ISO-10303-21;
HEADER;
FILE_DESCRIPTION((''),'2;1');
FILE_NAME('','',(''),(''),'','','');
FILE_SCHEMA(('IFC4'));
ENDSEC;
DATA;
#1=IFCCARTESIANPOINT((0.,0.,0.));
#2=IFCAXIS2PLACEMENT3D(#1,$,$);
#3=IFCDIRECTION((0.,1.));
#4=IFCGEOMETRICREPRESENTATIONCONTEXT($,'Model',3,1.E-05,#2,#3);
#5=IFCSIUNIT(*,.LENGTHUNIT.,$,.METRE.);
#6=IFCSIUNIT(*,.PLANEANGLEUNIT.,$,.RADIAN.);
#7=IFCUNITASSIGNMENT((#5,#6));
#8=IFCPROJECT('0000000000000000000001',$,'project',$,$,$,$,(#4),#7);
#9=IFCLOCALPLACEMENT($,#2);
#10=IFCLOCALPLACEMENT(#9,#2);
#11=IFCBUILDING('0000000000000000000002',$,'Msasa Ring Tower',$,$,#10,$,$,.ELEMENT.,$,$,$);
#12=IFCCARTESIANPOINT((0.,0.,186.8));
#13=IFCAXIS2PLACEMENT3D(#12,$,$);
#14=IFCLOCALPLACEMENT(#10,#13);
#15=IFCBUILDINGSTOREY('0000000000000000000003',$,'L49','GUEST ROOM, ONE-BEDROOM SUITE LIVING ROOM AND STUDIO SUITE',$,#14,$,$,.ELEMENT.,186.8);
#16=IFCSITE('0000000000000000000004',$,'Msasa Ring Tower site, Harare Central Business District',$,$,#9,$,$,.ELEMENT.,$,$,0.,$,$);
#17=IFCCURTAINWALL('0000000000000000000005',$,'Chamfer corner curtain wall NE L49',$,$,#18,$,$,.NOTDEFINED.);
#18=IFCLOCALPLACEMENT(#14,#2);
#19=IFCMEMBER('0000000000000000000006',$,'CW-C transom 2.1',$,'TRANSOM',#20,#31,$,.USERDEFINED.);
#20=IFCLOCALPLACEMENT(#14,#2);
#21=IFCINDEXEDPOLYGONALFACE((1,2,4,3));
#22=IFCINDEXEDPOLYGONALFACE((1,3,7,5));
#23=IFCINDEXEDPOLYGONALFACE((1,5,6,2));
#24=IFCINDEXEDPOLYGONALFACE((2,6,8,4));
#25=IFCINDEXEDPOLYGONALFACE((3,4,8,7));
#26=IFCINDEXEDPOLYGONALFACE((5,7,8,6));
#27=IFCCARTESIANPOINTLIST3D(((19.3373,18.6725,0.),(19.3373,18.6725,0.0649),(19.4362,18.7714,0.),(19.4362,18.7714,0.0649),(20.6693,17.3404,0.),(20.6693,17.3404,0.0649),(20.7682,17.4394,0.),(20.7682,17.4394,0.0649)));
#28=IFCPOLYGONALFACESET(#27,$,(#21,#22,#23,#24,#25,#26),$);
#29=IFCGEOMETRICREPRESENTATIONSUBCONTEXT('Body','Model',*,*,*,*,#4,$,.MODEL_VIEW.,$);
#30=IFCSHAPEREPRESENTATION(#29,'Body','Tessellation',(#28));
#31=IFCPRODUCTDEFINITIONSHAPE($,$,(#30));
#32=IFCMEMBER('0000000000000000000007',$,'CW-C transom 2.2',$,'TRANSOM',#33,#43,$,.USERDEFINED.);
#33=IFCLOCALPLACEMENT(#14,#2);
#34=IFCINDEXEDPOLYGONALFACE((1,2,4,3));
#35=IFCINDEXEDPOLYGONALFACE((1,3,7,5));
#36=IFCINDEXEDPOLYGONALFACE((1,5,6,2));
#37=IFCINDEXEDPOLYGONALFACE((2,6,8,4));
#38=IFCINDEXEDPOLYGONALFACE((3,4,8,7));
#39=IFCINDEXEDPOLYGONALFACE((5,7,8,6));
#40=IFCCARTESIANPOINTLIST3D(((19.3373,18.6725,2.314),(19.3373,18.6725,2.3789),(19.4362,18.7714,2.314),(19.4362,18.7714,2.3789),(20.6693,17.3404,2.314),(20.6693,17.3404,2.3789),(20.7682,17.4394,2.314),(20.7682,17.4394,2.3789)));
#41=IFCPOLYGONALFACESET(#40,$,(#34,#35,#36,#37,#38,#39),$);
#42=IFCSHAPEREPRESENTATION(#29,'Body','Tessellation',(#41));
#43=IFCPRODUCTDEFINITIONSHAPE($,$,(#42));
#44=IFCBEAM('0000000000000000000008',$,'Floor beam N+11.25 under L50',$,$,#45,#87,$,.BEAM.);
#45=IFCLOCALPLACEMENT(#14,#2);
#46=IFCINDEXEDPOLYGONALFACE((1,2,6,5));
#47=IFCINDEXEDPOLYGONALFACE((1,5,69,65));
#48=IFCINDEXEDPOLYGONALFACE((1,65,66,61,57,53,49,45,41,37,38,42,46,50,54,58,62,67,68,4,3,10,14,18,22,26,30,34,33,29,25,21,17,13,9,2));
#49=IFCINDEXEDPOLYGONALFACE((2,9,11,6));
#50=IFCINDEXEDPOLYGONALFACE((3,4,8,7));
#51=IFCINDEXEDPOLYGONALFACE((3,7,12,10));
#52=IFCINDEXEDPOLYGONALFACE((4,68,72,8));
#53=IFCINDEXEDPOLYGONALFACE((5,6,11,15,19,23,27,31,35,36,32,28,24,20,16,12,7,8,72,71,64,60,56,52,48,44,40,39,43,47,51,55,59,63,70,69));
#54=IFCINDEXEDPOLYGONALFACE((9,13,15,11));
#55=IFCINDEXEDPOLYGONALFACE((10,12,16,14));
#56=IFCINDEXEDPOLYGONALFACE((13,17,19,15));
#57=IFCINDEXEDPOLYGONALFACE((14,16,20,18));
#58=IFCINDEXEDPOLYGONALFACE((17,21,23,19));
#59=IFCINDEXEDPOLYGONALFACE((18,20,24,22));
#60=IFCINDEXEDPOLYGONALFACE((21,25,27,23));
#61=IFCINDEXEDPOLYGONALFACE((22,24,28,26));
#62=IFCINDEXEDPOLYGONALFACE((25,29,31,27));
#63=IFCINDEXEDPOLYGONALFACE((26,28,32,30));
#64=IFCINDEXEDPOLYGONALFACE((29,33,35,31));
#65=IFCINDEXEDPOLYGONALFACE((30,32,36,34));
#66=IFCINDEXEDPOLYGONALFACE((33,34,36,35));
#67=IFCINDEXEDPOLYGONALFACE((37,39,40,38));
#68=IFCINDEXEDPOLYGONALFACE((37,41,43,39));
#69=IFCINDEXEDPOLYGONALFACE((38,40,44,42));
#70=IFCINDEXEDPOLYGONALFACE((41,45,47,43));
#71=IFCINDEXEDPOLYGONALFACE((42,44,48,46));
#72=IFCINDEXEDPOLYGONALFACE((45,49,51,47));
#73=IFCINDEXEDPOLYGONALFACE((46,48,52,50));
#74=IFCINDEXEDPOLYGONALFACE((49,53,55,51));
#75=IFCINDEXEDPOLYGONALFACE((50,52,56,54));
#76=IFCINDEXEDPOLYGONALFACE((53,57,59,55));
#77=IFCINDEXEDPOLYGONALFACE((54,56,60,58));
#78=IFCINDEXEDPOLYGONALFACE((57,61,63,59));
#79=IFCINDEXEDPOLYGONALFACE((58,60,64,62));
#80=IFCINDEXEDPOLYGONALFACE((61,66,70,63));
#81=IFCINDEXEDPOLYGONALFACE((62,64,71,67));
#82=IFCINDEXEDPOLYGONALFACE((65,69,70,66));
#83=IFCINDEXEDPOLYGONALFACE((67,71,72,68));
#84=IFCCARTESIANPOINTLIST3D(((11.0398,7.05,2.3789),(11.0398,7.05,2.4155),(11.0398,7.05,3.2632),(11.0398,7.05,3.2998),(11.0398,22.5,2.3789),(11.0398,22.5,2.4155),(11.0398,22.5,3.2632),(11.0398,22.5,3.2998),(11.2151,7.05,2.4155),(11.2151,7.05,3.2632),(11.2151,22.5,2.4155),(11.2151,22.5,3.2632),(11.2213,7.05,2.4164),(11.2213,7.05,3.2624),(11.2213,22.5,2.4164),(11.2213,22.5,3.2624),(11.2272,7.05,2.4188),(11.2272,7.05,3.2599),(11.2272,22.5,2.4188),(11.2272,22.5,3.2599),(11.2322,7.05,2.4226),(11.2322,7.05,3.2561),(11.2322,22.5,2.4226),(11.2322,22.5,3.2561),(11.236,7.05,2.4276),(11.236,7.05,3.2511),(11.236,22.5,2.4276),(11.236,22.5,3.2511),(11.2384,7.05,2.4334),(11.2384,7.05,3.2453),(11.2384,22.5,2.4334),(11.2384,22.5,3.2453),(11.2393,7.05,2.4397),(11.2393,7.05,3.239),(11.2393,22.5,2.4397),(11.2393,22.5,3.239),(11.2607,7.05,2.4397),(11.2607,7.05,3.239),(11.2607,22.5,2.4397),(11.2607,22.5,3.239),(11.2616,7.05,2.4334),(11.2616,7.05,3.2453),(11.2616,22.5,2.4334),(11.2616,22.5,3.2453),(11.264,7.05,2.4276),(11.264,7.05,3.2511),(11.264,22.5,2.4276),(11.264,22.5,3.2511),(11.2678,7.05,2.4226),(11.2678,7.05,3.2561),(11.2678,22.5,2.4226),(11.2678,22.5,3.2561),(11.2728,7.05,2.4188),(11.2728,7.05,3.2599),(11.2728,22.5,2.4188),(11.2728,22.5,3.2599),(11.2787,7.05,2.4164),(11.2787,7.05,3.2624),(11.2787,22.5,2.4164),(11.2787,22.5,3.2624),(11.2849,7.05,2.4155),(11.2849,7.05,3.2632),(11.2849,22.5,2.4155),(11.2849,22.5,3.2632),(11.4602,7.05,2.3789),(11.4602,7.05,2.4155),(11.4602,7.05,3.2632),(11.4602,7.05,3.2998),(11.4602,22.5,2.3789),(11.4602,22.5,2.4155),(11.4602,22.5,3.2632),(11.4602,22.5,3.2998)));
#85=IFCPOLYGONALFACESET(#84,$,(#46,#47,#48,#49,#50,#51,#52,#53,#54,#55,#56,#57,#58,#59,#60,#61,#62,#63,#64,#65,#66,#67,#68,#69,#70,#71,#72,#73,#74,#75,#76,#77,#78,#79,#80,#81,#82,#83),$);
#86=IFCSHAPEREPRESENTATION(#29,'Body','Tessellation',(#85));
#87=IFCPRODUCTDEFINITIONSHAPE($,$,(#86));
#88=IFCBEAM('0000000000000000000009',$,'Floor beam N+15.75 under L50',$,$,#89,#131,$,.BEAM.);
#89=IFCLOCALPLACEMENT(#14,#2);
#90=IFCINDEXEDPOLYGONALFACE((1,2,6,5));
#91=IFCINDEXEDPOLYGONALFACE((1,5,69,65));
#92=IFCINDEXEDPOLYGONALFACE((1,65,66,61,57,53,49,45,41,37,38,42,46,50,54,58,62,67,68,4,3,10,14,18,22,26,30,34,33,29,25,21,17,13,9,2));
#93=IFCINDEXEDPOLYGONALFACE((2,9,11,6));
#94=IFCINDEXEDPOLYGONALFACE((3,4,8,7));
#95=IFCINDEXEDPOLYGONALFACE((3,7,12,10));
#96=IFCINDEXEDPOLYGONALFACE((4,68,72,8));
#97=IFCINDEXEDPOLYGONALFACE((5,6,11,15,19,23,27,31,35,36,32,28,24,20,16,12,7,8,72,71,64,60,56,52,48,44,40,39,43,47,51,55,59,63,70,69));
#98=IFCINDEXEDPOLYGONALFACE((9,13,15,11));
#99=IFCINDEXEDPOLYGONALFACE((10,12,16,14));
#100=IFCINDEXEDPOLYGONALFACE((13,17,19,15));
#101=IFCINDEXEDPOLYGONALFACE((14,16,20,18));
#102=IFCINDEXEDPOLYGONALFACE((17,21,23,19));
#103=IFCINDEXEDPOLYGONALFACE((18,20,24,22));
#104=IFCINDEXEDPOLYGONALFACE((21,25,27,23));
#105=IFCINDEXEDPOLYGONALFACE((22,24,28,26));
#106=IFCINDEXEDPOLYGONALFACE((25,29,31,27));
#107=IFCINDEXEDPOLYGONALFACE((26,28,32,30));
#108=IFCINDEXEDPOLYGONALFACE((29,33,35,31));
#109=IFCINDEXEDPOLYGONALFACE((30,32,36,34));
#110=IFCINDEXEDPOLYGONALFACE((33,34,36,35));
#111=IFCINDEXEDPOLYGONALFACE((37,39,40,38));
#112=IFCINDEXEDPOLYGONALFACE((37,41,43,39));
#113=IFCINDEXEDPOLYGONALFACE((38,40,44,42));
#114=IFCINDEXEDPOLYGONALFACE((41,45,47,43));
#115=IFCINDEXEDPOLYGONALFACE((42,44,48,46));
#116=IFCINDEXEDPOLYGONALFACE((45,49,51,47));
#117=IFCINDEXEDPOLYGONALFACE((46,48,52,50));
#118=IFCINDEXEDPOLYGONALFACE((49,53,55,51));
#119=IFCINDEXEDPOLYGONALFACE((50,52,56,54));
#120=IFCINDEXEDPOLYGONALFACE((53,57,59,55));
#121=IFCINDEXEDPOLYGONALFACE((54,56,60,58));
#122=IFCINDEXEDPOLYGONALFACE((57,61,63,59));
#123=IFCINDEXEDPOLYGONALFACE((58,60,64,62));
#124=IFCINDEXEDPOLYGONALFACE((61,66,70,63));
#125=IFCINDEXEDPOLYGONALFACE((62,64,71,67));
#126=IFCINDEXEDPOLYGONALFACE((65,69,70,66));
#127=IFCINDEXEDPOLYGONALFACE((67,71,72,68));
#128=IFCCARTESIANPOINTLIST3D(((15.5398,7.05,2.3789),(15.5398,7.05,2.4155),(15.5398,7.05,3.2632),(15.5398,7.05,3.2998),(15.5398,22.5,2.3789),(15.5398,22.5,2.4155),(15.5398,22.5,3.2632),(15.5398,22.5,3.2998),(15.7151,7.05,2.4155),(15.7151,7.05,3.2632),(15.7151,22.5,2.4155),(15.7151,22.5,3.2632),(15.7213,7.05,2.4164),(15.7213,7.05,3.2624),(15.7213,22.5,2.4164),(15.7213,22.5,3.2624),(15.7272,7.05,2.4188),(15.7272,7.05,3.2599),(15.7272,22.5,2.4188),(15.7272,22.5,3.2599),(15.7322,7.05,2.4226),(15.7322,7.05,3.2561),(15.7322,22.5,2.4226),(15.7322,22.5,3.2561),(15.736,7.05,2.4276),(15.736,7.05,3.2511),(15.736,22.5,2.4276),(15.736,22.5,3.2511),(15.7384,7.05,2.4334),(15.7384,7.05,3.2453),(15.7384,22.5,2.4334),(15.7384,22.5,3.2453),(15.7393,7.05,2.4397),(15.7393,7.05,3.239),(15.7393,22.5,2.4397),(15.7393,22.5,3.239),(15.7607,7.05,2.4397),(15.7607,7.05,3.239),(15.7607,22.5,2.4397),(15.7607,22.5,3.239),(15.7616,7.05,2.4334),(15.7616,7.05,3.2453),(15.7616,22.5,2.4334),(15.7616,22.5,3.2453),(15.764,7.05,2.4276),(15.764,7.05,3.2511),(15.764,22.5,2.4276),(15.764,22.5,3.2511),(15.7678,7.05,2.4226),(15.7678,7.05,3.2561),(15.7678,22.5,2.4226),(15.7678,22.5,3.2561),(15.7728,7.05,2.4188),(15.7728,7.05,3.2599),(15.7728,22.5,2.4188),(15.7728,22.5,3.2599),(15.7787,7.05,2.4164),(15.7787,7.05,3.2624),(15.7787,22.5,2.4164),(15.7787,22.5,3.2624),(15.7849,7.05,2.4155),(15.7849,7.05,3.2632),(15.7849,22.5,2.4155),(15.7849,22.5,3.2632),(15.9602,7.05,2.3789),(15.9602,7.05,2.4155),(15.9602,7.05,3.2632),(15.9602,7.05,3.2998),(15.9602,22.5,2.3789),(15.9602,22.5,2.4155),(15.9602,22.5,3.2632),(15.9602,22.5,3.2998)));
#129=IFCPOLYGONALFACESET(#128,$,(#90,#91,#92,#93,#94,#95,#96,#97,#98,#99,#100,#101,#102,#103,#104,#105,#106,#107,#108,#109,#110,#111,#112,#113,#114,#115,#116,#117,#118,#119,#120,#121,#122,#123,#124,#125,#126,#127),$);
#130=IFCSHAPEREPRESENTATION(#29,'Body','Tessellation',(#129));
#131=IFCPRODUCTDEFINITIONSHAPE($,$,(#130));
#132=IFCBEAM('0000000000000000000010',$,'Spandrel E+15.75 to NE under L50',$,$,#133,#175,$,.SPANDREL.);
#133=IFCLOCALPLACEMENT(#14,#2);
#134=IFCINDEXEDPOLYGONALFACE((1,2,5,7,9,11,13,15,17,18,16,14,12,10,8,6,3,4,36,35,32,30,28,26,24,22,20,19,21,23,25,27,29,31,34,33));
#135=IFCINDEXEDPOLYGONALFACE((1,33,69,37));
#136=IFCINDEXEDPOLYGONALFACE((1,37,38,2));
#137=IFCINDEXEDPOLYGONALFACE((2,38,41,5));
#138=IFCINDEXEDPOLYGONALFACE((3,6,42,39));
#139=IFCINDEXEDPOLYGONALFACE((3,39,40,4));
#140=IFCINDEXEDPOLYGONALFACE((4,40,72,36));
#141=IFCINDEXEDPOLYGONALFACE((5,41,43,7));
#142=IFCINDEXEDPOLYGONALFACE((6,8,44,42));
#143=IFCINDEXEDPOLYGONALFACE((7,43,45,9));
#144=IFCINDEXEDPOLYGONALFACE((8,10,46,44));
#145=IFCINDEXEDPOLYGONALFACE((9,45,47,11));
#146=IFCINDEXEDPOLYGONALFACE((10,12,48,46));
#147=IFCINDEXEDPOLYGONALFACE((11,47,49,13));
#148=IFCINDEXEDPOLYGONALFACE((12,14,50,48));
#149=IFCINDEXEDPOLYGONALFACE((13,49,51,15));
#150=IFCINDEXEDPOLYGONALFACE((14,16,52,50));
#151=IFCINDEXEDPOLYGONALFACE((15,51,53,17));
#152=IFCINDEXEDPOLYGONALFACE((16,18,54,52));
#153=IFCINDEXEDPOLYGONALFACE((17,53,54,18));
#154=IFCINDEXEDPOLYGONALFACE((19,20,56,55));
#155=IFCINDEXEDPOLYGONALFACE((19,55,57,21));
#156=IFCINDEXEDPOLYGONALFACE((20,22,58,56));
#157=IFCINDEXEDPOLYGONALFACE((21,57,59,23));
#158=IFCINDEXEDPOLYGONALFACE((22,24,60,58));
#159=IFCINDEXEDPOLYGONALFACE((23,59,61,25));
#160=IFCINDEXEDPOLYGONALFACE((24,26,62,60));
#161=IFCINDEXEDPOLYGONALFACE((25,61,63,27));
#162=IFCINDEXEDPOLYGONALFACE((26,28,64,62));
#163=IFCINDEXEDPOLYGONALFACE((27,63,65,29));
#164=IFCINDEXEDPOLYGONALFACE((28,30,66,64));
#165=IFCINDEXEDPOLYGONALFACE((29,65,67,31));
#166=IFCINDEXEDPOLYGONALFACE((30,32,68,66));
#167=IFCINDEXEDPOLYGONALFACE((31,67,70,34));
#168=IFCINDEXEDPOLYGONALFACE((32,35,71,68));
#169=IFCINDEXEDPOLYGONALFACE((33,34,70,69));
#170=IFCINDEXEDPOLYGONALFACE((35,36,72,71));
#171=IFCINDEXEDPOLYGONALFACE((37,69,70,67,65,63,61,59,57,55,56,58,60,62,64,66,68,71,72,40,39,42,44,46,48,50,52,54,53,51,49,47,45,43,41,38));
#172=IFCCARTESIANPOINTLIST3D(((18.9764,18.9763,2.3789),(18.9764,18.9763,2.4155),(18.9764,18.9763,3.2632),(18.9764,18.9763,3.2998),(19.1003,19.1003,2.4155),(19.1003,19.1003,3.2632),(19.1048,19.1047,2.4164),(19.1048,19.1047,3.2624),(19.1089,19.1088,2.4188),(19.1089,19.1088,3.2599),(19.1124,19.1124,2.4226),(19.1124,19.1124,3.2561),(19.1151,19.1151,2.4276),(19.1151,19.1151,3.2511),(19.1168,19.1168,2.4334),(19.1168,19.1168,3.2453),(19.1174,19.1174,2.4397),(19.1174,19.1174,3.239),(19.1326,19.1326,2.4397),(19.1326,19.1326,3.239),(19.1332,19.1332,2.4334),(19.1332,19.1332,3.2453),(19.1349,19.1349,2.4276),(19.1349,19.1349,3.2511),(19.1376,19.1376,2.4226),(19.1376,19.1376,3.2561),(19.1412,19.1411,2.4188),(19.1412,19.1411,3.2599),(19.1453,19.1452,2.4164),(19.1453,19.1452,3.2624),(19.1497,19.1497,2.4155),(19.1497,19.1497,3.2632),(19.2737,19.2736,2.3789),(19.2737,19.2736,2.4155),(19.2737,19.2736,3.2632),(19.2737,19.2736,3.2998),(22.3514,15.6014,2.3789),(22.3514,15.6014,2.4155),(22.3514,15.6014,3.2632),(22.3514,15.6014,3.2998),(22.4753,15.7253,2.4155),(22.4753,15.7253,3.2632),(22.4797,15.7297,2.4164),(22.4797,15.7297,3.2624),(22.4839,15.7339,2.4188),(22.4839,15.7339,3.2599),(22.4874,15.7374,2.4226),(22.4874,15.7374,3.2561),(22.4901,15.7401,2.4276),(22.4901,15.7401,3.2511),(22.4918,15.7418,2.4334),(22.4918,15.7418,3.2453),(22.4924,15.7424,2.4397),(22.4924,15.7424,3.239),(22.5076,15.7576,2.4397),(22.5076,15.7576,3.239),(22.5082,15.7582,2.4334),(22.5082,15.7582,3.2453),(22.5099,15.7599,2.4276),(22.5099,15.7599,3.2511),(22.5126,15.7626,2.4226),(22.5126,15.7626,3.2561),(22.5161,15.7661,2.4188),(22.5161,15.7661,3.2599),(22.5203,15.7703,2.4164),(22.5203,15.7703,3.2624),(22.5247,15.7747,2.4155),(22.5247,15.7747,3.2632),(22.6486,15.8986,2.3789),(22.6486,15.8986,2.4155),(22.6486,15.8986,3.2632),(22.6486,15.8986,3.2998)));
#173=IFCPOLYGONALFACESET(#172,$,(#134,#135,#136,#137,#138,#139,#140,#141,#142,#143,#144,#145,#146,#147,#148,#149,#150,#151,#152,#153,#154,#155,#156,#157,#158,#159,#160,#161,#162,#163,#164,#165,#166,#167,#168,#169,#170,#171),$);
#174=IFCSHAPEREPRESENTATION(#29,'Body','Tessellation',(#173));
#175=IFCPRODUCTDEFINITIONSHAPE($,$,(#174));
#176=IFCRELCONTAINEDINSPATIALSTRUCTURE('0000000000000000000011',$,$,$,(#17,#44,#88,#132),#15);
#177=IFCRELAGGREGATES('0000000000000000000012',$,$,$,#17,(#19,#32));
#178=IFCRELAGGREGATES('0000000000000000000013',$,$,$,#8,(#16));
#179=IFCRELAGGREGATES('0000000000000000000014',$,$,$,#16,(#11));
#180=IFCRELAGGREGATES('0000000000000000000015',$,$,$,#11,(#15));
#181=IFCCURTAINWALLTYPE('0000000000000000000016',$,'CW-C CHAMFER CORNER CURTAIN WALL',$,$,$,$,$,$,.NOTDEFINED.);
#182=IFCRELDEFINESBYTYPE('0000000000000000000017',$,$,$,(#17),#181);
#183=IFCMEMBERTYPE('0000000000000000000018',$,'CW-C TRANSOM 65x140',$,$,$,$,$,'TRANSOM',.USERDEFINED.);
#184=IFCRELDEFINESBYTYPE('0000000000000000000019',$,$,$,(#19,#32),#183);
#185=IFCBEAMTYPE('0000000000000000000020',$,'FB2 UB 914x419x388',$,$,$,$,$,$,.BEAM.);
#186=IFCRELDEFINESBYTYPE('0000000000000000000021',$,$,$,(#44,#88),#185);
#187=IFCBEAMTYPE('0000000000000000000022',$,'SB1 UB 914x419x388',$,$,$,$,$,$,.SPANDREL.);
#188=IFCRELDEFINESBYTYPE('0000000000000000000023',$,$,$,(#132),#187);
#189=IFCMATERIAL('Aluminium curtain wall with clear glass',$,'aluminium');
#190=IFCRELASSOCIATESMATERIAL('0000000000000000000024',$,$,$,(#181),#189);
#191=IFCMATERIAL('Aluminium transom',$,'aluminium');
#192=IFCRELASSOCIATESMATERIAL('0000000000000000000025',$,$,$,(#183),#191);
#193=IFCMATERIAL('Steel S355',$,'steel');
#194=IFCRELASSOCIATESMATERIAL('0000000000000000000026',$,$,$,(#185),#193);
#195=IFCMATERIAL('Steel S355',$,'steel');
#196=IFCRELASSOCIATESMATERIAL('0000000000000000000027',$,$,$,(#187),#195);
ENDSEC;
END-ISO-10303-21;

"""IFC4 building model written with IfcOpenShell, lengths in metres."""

from ifc_helpers import new_model, si_unit, direction, frame, origin, origin_2d, place, context, subcontext, project, spatial, rectangle, i_section, extrude, material, material_profile, profile_set, type_object, element, aggregate, save


model = new_model("IFC4")

# Units and contexts
model_context = context("Model", 3, precision=1e-05, world=origin(), true_north=direction((0.0, 1.0)))
body_context = subcontext(model_context, "Body", "Model", "MODEL_VIEW")
ifc_project = project(units=[si_unit("LENGTHUNIT", "METRE"), si_unit("PLANEANGLEUNIT", "RADIAN")], contexts=[model_context])

# Site, building, storey
site_placement = place(None, origin())
site = spatial("IfcSite", under=ifc_project, at=site_placement, Name="Msasa Ring Tower site, Harare Central Business District", CompositionType="ELEMENT", RefElevation=0.0)
building_placement = place(site_placement, origin())
building = spatial("IfcBuilding", under=site, at=building_placement, Name="Msasa Ring Tower", CompositionType="ELEMENT")
storey_placement = place(building_placement, frame((0.0, 0.0, 186.8)))
storey = spatial("IfcBuildingStorey", under=building, at=storey_placement, Name="L49", Description="GUEST ROOM, ONE-BEDROOM SUITE LIVING ROOM AND STUDIO SUITE", CompositionType="ELEMENT", Elevation=186.8)

# Curtain wall
ifc_material_1 = material(Name="Aluminium curtain wall with clear glass", Category="aluminium")
curtain_wall_type = type_object("IfcCurtainWallType", Name="CW-C CHAMFER CORNER CURTAIN WALL", PredefinedType="NOTDEFINED", material=ifc_material_1)
curtain_wall_1_placement = place(storey_placement, origin())
curtain_wall_1 = element("IfcCurtainWall", 1, at=curtain_wall_1_placement, inside=storey, type_object=curtain_wall_type, Name="Chamfer corner curtain wall NE L49", PredefinedType="NOTDEFINED")

# Members
ifc_material_2 = material(Name="Aluminium transom", Category="aluminium")
ifc_material_profile_1 = material_profile(ifc_material_2, rectangle(XDim=0.1399, YDim=0.0649, at=origin_2d()), Name="AL 65x140")
ifc_profile_set_1 = profile_set([ifc_material_profile_1], Name="Aluminium transom")
member_type_1 = type_object("IfcMemberType", Name="CW-C TRANSOM 65x140", ElementType="TRANSOM", PredefinedType="USERDEFINED", material=ifc_profile_set_1)
member_1_placement = place(storey_placement, frame((20.7188, 17.3899, 0.0325), z_axis=(-0.707107, 0.707107, 0.0), x_axis=(-0.707107, -0.707107, 0.0)))
member_1 = element("IfcMember", 2, at=member_1_placement, type_object=member_type_1, Name="CW-C transom 2.1", ObjectType="TRANSOM", PredefinedType="USERDEFINED", context=body_context, shape_type="SweptSolid", body=[
    extrude(rectangle(XDim=0.1399, YDim=0.0649, at=origin_2d()), origin(), (0.0, 0.0, 1.0), 1.8838),
])
member_2_placement = place(storey_placement, frame((20.7188, 17.3899, 2.3464), z_axis=(-0.707107, 0.707107, 0.0), x_axis=(-0.707107, -0.707107, 0.0)))
member_2 = element("IfcMember", 3, at=member_2_placement, type_object=member_type_1, Name="CW-C transom 2.2", ObjectType="TRANSOM", PredefinedType="USERDEFINED", context=body_context, shape_type="SweptSolid", body=[
    extrude(rectangle(XDim=0.1399, YDim=0.0649, at=origin_2d()), origin(), (0.0, 0.0, 1.0), 1.8838),
])

# Beams
ifc_material_3 = material(Name="Steel S355", Category="steel")
ifc_material_profile_2 = material_profile(ifc_material_3, i_section(OverallWidth=0.4204, OverallDepth=0.9209, WebThickness=0.0215, FlangeThickness=0.0366, FilletRadius=0.0242, at=origin_2d()), Name="UB 914x419x388")
ifc_profile_set_2 = profile_set([ifc_material_profile_2], Name="Steel S355")
beam_type_1 = type_object("IfcBeamType", Name="FB2 UB 914x419x388", PredefinedType="BEAM", material=ifc_profile_set_2)
for number, where, z_axis, x_axis, name in (
    (4, (11.25, 22.5, 2.8394), (0.0, -1.0, 0.0), (1.0, 0.0, 0.0), "Floor beam N+11.25 under L50"),
    (5, (15.75, 22.5, 2.8394), (0.0, -1.0, 0.0), (1.0, 0.0, 0.0), "Floor beam N+15.75 under L50"),
):
    element("IfcBeam", number, at=place(storey_placement, frame(where, z_axis=z_axis, x_axis=x_axis)), inside=storey, type_object=beam_type_1, Name=name, PredefinedType="BEAM", context=body_context, shape_type="SweptSolid", body=[
        extrude(i_section(OverallWidth=0.4204, OverallDepth=0.9209, WebThickness=0.0215, FlangeThickness=0.0366, FilletRadius=0.0242, at=origin_2d()), origin(), (0.0, 0.0, 1.0), 15.45),
    ])
ifc_material_4 = material(Name="Steel S355", Category="steel")
ifc_material_profile_3 = material_profile(ifc_material_4, i_section(OverallWidth=0.4204, OverallDepth=0.9209, WebThickness=0.0215, FlangeThickness=0.0366, FilletRadius=0.0242, at=origin_2d()), Name="UB 914x419x388")
ifc_profile_set_3 = profile_set([ifc_material_profile_3], Name="Steel S355")
beam_type_2 = type_object("IfcBeamType", Name="SB1 UB 914x419x388", PredefinedType="SPANDREL", material=ifc_profile_set_3)
for number, where, z_axis, x_axis, name in (
    (6, (22.5, 15.75, 2.8394), (-0.707107, 0.707107, 0.0), (-0.707107, -0.707107, 0.0), "Spandrel E+15.75 to NE under L50"),
):
    element("IfcBeam", number, at=place(storey_placement, frame(where, z_axis=z_axis, x_axis=x_axis)), inside=storey, type_object=beam_type_2, Name=name, PredefinedType="SPANDREL", context=body_context, shape_type="SweptSolid", body=[
        extrude(i_section(OverallWidth=0.4204, OverallDepth=0.9209, WebThickness=0.0215, FlangeThickness=0.0366, FilletRadius=0.0242, at=origin_2d()), origin(), (0.0, 0.0, 1.0), 4.7729),
    ])

aggregate(curtain_wall_1, [member_1, member_2])

save(model, "model.ifc")
